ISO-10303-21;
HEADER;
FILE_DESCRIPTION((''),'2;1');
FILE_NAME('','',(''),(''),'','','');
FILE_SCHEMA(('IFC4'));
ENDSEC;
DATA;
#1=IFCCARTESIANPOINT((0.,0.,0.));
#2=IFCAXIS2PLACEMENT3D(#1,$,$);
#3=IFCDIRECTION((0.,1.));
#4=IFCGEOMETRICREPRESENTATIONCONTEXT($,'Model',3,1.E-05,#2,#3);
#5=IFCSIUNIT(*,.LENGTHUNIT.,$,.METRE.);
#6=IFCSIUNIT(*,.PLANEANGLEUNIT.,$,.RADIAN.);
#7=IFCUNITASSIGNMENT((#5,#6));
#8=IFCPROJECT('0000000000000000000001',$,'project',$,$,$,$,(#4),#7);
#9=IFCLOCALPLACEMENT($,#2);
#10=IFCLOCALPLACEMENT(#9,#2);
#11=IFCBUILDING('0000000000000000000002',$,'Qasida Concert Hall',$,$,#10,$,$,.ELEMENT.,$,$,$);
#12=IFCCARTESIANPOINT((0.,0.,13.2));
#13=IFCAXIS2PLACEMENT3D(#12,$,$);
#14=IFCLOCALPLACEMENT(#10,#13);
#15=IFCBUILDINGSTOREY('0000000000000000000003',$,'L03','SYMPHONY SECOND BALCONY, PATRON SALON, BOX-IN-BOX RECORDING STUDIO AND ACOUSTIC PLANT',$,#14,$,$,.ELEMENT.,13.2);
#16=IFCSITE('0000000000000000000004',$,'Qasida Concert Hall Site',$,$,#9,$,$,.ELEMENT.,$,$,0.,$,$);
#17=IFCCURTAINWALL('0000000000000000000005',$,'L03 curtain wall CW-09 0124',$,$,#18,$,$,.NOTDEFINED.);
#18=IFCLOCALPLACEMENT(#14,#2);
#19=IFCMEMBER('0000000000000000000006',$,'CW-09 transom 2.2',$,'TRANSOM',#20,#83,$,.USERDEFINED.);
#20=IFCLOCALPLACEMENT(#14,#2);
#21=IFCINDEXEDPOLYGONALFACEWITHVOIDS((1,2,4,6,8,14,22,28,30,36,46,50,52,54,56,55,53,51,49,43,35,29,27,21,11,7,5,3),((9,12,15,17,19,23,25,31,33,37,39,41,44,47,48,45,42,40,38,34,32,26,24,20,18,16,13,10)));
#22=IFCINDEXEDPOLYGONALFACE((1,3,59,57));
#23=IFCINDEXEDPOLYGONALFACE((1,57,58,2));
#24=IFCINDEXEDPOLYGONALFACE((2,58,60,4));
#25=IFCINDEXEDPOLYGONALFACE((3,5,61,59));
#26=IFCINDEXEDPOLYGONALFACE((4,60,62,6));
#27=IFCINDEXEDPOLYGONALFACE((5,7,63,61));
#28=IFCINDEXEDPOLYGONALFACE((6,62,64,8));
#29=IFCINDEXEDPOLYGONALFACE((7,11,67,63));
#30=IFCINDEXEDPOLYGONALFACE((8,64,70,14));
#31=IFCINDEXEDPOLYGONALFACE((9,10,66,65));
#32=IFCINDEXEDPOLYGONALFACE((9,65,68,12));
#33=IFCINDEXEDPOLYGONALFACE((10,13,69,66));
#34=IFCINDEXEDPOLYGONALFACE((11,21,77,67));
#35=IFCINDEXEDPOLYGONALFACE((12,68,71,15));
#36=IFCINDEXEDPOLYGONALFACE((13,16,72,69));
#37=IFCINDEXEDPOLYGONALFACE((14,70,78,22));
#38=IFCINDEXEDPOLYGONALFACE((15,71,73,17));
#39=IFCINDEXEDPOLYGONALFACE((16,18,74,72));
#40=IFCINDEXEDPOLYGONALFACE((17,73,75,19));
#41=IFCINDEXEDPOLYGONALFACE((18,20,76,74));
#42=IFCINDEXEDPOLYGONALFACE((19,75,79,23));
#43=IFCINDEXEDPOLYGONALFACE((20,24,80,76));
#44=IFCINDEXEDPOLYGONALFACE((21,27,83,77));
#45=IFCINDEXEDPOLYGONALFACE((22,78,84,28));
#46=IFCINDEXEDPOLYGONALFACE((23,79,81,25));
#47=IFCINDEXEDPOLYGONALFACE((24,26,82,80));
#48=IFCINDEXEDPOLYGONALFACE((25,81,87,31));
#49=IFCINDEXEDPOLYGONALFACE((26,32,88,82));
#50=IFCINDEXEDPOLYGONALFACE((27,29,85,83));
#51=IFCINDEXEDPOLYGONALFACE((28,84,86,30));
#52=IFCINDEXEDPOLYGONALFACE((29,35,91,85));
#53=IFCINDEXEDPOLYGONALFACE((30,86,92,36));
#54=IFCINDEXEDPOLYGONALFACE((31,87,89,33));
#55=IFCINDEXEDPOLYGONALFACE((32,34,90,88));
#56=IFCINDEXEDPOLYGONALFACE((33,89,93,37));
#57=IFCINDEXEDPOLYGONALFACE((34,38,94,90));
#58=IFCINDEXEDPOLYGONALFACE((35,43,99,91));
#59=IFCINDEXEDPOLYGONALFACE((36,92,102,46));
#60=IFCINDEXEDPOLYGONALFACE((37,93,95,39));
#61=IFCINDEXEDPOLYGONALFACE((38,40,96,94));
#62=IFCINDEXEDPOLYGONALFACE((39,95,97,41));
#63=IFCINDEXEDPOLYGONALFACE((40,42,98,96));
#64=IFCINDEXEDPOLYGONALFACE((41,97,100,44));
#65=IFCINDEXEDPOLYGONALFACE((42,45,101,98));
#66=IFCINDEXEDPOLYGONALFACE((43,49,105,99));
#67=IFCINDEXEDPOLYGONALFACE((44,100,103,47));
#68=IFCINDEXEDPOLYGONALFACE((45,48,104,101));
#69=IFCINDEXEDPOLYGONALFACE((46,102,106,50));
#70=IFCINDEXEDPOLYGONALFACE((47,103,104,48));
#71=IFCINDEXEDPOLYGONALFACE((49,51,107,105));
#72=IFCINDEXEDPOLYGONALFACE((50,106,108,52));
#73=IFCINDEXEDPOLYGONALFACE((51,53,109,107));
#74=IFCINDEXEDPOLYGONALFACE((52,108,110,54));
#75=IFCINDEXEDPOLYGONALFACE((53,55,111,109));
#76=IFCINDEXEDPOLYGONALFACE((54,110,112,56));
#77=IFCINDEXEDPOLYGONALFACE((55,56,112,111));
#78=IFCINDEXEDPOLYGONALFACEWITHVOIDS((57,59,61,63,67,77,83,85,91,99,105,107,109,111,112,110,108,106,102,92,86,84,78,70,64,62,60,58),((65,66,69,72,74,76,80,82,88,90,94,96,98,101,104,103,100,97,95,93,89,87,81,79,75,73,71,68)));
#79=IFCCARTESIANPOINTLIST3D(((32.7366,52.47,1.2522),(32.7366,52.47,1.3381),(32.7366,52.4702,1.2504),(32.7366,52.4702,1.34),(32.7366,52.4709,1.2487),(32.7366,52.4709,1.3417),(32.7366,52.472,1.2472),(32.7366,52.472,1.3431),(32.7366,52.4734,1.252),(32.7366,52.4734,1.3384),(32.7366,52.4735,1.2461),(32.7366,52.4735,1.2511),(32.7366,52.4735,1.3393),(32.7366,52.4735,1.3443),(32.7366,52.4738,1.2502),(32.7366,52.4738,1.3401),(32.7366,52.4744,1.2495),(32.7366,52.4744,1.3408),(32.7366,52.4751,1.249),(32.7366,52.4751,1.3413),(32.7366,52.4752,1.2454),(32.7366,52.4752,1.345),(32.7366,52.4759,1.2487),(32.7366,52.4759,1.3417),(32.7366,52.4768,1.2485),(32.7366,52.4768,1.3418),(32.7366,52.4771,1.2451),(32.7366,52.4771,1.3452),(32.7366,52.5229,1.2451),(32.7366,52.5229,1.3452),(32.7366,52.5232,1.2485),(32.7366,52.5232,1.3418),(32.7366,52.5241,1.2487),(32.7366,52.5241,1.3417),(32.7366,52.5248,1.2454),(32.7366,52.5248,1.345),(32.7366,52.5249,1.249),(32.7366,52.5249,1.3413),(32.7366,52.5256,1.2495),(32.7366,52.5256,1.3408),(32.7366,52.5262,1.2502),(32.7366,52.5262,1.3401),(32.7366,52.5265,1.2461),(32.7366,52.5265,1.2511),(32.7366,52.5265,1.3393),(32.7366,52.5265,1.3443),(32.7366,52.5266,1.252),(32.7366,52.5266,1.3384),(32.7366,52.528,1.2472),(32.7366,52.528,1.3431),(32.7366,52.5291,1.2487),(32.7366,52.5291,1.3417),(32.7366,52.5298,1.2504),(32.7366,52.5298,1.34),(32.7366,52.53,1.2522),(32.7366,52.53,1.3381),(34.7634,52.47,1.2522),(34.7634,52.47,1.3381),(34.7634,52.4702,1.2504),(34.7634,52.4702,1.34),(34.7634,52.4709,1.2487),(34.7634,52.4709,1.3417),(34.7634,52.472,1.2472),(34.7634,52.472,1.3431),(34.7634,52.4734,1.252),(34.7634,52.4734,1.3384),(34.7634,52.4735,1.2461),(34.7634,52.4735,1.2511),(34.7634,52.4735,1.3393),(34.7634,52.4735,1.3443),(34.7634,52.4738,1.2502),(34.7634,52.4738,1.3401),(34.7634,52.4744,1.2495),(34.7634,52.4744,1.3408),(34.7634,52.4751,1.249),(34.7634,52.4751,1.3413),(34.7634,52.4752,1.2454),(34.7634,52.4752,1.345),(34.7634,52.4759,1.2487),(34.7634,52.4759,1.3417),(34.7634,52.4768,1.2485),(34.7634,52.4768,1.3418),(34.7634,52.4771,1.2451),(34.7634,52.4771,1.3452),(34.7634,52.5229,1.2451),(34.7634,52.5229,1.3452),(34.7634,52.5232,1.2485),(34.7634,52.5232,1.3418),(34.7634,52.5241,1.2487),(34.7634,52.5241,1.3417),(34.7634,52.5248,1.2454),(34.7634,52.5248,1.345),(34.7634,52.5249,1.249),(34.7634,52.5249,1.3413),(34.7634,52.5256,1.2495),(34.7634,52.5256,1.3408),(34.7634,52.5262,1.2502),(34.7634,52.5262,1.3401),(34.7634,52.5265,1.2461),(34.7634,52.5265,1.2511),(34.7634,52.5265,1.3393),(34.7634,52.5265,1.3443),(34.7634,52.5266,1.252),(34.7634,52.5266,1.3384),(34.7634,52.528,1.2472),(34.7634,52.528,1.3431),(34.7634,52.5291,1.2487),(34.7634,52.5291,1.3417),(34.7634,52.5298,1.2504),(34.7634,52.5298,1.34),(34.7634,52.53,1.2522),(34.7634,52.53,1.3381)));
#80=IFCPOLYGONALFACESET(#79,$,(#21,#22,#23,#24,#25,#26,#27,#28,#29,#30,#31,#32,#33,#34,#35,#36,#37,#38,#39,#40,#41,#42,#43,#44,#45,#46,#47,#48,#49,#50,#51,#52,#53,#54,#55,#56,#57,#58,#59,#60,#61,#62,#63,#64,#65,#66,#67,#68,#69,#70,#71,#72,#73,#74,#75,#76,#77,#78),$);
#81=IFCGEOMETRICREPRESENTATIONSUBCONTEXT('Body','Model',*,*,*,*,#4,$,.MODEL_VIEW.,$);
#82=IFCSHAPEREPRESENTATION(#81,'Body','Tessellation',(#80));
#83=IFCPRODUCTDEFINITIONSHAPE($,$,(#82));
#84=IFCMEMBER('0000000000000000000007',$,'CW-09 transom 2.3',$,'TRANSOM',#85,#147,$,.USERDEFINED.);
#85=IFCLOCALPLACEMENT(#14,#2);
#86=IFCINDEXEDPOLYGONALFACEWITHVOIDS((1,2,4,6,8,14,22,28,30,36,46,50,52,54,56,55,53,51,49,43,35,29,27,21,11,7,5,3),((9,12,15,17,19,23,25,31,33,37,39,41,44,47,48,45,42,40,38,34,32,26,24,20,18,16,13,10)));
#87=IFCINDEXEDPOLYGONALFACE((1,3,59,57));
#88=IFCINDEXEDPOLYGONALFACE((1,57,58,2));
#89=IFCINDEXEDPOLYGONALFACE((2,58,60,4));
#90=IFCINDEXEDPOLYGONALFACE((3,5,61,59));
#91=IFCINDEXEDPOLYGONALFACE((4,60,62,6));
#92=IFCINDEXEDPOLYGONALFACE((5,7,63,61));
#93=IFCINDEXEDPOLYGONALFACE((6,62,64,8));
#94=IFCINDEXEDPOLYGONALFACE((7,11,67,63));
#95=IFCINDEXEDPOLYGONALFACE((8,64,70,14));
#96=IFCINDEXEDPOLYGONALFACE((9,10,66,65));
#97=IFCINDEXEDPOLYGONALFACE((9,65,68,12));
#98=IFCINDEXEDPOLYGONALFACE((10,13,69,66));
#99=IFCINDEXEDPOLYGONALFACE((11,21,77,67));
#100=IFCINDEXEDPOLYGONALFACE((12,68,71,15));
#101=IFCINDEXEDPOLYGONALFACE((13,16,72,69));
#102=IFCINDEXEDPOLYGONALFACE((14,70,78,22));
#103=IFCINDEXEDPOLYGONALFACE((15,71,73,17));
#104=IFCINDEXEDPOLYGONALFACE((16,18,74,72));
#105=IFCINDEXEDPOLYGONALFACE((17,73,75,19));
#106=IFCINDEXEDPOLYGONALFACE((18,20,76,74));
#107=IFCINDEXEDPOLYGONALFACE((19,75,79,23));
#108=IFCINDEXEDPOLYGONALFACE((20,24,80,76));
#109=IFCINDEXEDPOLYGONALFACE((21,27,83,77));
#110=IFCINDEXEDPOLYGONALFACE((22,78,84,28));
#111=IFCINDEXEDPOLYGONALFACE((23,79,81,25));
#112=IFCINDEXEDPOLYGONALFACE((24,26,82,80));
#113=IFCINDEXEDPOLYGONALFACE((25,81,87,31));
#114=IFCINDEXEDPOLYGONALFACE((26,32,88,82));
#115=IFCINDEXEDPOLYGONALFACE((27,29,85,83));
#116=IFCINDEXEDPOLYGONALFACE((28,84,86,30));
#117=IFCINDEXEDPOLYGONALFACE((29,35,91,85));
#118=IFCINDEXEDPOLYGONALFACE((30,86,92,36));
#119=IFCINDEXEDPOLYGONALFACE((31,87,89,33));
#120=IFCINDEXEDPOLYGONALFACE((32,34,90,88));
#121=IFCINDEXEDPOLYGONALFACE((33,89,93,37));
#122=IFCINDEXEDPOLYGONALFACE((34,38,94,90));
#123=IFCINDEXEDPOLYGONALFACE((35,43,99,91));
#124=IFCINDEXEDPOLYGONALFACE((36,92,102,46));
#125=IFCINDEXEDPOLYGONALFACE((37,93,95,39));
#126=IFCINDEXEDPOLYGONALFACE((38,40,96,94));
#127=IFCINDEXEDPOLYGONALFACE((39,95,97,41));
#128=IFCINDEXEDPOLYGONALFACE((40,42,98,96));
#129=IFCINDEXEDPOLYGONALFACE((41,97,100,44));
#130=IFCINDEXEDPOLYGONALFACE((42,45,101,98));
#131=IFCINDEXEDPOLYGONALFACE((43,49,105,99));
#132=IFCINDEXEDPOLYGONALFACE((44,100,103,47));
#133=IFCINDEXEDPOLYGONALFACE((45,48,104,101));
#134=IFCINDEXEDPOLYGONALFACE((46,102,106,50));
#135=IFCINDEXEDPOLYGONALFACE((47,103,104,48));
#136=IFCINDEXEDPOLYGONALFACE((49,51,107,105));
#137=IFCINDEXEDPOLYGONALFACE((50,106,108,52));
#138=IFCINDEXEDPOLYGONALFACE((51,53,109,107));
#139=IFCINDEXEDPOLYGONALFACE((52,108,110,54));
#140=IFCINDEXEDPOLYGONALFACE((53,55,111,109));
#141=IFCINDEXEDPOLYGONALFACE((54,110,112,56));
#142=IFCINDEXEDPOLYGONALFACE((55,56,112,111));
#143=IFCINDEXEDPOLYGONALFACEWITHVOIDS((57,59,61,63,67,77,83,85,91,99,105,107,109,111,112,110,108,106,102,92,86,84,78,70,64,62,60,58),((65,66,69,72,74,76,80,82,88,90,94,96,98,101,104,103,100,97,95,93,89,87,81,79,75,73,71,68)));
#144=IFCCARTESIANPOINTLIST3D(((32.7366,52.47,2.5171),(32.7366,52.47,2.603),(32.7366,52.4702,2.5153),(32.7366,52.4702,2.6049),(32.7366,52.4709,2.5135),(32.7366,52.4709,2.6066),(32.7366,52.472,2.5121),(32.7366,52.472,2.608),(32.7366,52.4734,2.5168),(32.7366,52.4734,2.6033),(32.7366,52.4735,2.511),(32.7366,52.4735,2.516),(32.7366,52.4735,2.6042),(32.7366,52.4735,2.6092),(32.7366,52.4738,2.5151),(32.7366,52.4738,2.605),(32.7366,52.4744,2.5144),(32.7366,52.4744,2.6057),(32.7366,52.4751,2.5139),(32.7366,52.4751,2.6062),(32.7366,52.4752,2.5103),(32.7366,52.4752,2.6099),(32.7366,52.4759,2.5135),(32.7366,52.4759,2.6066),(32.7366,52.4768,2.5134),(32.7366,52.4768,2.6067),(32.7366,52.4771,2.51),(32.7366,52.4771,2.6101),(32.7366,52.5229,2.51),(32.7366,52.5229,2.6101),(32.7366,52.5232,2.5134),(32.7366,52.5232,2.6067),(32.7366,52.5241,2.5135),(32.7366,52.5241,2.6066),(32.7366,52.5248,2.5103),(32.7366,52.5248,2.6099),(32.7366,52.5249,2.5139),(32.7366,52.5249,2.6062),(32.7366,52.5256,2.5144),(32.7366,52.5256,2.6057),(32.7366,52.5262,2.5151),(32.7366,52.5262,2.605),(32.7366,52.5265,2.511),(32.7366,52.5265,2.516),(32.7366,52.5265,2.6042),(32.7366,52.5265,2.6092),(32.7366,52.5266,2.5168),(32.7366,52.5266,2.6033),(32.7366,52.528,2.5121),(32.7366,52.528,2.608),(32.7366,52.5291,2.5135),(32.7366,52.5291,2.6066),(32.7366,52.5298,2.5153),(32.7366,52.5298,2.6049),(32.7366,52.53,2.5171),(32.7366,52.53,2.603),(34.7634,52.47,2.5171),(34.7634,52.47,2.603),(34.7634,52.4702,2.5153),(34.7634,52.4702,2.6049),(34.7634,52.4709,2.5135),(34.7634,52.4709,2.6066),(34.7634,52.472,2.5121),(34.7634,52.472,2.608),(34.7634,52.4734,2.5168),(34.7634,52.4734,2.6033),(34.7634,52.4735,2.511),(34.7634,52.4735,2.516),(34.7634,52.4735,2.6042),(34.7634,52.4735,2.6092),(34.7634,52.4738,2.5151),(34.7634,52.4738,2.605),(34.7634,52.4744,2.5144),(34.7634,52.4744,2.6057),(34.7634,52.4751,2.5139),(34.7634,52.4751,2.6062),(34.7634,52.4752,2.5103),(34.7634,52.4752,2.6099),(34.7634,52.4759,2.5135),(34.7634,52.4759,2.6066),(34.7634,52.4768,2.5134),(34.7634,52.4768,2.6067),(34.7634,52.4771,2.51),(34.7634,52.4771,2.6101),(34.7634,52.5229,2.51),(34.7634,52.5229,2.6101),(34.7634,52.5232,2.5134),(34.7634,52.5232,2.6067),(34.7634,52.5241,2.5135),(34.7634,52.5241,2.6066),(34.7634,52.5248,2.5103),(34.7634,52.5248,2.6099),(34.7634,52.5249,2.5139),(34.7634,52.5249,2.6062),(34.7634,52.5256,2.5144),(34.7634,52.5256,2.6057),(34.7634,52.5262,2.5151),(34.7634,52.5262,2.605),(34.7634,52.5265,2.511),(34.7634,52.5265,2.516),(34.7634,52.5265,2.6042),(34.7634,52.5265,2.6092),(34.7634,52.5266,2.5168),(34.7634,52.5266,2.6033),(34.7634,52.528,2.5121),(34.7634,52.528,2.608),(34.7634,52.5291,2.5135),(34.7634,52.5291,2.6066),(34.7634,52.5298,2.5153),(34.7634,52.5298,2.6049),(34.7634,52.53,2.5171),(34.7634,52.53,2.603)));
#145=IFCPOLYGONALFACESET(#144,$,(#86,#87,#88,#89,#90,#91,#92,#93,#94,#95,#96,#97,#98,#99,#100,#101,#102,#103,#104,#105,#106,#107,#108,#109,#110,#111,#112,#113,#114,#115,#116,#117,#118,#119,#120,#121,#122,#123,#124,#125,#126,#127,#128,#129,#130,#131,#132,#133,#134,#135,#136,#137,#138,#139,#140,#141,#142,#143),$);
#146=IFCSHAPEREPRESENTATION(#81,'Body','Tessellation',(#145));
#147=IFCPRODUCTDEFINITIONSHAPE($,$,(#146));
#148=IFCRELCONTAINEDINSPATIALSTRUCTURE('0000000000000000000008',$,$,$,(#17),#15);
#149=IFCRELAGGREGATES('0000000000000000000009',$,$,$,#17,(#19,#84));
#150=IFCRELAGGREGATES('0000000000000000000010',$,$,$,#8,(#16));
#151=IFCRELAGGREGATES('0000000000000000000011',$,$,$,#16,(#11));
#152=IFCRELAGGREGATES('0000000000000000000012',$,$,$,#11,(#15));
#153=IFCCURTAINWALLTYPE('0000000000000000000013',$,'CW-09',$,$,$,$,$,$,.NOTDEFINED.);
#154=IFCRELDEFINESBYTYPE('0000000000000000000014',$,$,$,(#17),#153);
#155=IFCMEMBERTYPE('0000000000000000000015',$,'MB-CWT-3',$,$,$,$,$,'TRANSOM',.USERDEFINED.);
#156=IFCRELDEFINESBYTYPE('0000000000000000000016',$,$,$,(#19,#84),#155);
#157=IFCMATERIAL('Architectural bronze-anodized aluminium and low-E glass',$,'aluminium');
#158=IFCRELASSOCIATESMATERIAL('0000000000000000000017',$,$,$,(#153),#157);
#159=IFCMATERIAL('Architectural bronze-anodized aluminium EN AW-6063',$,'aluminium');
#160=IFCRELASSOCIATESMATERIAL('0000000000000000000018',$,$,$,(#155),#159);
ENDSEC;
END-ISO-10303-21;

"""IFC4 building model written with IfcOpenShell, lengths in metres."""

from ifc_helpers import new_model, si_unit, direction, frame, origin, origin_2d, place, context, subcontext, project, spatial, hollow_rectangle, extrude, material, material_profile, profile_set, type_object, element, aggregate, save


model = new_model("IFC4")

# Units and contexts
model_context = context("Model", 3, precision=1e-05, world=origin(), true_north=direction((0.0, 1.0)))
body_context = subcontext(model_context, "Body", "Model", "MODEL_VIEW")
ifc_project = project(units=[si_unit("LENGTHUNIT", "METRE"), si_unit("PLANEANGLEUNIT", "RADIAN")], contexts=[model_context])

# Site, building, storey
site_placement = place(None, origin())
site = spatial("IfcSite", under=ifc_project, at=site_placement, Name="Qasida Concert Hall Site", CompositionType="ELEMENT", RefElevation=0.0)
building_placement = place(site_placement, origin())
building = spatial("IfcBuilding", under=site, at=building_placement, Name="Qasida Concert Hall", CompositionType="ELEMENT")
storey_placement = place(building_placement, frame((0.0, 0.0, 13.2)))
storey = spatial("IfcBuildingStorey", under=building, at=storey_placement, Name="L03", Description="SYMPHONY SECOND BALCONY, PATRON SALON, BOX-IN-BOX RECORDING STUDIO AND ACOUSTIC PLANT", CompositionType="ELEMENT", Elevation=13.2)

# Curtain wall
ifc_material_1 = material(Name="Architectural bronze-anodized aluminium and low-E glass", Category="aluminium")
curtain_wall_type = type_object("IfcCurtainWallType", Name="CW-09", PredefinedType="NOTDEFINED", material=ifc_material_1)
curtain_wall_1_placement = place(storey_placement, origin())
curtain_wall_1 = element("IfcCurtainWall", 1, at=curtain_wall_1_placement, inside=storey, type_object=curtain_wall_type, Name="L03 curtain wall CW-09 0124", PredefinedType="NOTDEFINED")
ifc_material_2 = material(Name="Architectural bronze-anodized aluminium EN AW-6063", Category="aluminium")

# Members
ifc_material_profile_1 = material_profile(ifc_material_2, hollow_rectangle(XDim=0.0601, YDim=0.1001, WallThickness=0.0034, InnerFilletRadius=0.0034, OuterFilletRadius=0.0071, at=origin_2d()), Name="CWT 100x60x3.5")
ifc_profile_set_1 = profile_set([ifc_material_profile_1], Name="Architectural bronze-anodized aluminium EN AW-6063")
member_type_1 = type_object("IfcMemberType", Name="MB-CWT-3", ElementType="TRANSOM", PredefinedType="USERDEFINED", material=ifc_profile_set_1)
member_1_placement = place(storey_placement, frame((32.7366, 52.5, 1.2952), z_axis=(1.0, 0.0, 0.0), x_axis=(0.0, 1.0, 0.0)))
member_1 = element("IfcMember", 2, at=member_1_placement, type_object=member_type_1, Name="CW-09 transom 2.2", ObjectType="TRANSOM", PredefinedType="USERDEFINED", context=body_context, shape_type="SweptSolid", body=[
    extrude(hollow_rectangle(XDim=0.0601, YDim=0.1001, WallThickness=0.0034, InnerFilletRadius=0.0034, OuterFilletRadius=0.0071, at=origin_2d()), origin(), (0.0, 0.0, 1.0), 2.0269),
])
member_2_placement = place(storey_placement, frame((32.7366, 52.5, 2.5601), z_axis=(1.0, 0.0, 0.0), x_axis=(0.0, 1.0, 0.0)))
member_2 = element("IfcMember", 3, at=member_2_placement, type_object=member_type_1, Name="CW-09 transom 2.3", ObjectType="TRANSOM", PredefinedType="USERDEFINED", context=body_context, shape_type="SweptSolid", body=[
    extrude(hollow_rectangle(XDim=0.0601, YDim=0.1001, WallThickness=0.0034, InnerFilletRadius=0.0034, OuterFilletRadius=0.0071, at=origin_2d()), origin(), (0.0, 0.0, 1.0), 2.0269),
])

aggregate(curtain_wall_1, [member_1, member_2])

save(model, "model.ifc")
